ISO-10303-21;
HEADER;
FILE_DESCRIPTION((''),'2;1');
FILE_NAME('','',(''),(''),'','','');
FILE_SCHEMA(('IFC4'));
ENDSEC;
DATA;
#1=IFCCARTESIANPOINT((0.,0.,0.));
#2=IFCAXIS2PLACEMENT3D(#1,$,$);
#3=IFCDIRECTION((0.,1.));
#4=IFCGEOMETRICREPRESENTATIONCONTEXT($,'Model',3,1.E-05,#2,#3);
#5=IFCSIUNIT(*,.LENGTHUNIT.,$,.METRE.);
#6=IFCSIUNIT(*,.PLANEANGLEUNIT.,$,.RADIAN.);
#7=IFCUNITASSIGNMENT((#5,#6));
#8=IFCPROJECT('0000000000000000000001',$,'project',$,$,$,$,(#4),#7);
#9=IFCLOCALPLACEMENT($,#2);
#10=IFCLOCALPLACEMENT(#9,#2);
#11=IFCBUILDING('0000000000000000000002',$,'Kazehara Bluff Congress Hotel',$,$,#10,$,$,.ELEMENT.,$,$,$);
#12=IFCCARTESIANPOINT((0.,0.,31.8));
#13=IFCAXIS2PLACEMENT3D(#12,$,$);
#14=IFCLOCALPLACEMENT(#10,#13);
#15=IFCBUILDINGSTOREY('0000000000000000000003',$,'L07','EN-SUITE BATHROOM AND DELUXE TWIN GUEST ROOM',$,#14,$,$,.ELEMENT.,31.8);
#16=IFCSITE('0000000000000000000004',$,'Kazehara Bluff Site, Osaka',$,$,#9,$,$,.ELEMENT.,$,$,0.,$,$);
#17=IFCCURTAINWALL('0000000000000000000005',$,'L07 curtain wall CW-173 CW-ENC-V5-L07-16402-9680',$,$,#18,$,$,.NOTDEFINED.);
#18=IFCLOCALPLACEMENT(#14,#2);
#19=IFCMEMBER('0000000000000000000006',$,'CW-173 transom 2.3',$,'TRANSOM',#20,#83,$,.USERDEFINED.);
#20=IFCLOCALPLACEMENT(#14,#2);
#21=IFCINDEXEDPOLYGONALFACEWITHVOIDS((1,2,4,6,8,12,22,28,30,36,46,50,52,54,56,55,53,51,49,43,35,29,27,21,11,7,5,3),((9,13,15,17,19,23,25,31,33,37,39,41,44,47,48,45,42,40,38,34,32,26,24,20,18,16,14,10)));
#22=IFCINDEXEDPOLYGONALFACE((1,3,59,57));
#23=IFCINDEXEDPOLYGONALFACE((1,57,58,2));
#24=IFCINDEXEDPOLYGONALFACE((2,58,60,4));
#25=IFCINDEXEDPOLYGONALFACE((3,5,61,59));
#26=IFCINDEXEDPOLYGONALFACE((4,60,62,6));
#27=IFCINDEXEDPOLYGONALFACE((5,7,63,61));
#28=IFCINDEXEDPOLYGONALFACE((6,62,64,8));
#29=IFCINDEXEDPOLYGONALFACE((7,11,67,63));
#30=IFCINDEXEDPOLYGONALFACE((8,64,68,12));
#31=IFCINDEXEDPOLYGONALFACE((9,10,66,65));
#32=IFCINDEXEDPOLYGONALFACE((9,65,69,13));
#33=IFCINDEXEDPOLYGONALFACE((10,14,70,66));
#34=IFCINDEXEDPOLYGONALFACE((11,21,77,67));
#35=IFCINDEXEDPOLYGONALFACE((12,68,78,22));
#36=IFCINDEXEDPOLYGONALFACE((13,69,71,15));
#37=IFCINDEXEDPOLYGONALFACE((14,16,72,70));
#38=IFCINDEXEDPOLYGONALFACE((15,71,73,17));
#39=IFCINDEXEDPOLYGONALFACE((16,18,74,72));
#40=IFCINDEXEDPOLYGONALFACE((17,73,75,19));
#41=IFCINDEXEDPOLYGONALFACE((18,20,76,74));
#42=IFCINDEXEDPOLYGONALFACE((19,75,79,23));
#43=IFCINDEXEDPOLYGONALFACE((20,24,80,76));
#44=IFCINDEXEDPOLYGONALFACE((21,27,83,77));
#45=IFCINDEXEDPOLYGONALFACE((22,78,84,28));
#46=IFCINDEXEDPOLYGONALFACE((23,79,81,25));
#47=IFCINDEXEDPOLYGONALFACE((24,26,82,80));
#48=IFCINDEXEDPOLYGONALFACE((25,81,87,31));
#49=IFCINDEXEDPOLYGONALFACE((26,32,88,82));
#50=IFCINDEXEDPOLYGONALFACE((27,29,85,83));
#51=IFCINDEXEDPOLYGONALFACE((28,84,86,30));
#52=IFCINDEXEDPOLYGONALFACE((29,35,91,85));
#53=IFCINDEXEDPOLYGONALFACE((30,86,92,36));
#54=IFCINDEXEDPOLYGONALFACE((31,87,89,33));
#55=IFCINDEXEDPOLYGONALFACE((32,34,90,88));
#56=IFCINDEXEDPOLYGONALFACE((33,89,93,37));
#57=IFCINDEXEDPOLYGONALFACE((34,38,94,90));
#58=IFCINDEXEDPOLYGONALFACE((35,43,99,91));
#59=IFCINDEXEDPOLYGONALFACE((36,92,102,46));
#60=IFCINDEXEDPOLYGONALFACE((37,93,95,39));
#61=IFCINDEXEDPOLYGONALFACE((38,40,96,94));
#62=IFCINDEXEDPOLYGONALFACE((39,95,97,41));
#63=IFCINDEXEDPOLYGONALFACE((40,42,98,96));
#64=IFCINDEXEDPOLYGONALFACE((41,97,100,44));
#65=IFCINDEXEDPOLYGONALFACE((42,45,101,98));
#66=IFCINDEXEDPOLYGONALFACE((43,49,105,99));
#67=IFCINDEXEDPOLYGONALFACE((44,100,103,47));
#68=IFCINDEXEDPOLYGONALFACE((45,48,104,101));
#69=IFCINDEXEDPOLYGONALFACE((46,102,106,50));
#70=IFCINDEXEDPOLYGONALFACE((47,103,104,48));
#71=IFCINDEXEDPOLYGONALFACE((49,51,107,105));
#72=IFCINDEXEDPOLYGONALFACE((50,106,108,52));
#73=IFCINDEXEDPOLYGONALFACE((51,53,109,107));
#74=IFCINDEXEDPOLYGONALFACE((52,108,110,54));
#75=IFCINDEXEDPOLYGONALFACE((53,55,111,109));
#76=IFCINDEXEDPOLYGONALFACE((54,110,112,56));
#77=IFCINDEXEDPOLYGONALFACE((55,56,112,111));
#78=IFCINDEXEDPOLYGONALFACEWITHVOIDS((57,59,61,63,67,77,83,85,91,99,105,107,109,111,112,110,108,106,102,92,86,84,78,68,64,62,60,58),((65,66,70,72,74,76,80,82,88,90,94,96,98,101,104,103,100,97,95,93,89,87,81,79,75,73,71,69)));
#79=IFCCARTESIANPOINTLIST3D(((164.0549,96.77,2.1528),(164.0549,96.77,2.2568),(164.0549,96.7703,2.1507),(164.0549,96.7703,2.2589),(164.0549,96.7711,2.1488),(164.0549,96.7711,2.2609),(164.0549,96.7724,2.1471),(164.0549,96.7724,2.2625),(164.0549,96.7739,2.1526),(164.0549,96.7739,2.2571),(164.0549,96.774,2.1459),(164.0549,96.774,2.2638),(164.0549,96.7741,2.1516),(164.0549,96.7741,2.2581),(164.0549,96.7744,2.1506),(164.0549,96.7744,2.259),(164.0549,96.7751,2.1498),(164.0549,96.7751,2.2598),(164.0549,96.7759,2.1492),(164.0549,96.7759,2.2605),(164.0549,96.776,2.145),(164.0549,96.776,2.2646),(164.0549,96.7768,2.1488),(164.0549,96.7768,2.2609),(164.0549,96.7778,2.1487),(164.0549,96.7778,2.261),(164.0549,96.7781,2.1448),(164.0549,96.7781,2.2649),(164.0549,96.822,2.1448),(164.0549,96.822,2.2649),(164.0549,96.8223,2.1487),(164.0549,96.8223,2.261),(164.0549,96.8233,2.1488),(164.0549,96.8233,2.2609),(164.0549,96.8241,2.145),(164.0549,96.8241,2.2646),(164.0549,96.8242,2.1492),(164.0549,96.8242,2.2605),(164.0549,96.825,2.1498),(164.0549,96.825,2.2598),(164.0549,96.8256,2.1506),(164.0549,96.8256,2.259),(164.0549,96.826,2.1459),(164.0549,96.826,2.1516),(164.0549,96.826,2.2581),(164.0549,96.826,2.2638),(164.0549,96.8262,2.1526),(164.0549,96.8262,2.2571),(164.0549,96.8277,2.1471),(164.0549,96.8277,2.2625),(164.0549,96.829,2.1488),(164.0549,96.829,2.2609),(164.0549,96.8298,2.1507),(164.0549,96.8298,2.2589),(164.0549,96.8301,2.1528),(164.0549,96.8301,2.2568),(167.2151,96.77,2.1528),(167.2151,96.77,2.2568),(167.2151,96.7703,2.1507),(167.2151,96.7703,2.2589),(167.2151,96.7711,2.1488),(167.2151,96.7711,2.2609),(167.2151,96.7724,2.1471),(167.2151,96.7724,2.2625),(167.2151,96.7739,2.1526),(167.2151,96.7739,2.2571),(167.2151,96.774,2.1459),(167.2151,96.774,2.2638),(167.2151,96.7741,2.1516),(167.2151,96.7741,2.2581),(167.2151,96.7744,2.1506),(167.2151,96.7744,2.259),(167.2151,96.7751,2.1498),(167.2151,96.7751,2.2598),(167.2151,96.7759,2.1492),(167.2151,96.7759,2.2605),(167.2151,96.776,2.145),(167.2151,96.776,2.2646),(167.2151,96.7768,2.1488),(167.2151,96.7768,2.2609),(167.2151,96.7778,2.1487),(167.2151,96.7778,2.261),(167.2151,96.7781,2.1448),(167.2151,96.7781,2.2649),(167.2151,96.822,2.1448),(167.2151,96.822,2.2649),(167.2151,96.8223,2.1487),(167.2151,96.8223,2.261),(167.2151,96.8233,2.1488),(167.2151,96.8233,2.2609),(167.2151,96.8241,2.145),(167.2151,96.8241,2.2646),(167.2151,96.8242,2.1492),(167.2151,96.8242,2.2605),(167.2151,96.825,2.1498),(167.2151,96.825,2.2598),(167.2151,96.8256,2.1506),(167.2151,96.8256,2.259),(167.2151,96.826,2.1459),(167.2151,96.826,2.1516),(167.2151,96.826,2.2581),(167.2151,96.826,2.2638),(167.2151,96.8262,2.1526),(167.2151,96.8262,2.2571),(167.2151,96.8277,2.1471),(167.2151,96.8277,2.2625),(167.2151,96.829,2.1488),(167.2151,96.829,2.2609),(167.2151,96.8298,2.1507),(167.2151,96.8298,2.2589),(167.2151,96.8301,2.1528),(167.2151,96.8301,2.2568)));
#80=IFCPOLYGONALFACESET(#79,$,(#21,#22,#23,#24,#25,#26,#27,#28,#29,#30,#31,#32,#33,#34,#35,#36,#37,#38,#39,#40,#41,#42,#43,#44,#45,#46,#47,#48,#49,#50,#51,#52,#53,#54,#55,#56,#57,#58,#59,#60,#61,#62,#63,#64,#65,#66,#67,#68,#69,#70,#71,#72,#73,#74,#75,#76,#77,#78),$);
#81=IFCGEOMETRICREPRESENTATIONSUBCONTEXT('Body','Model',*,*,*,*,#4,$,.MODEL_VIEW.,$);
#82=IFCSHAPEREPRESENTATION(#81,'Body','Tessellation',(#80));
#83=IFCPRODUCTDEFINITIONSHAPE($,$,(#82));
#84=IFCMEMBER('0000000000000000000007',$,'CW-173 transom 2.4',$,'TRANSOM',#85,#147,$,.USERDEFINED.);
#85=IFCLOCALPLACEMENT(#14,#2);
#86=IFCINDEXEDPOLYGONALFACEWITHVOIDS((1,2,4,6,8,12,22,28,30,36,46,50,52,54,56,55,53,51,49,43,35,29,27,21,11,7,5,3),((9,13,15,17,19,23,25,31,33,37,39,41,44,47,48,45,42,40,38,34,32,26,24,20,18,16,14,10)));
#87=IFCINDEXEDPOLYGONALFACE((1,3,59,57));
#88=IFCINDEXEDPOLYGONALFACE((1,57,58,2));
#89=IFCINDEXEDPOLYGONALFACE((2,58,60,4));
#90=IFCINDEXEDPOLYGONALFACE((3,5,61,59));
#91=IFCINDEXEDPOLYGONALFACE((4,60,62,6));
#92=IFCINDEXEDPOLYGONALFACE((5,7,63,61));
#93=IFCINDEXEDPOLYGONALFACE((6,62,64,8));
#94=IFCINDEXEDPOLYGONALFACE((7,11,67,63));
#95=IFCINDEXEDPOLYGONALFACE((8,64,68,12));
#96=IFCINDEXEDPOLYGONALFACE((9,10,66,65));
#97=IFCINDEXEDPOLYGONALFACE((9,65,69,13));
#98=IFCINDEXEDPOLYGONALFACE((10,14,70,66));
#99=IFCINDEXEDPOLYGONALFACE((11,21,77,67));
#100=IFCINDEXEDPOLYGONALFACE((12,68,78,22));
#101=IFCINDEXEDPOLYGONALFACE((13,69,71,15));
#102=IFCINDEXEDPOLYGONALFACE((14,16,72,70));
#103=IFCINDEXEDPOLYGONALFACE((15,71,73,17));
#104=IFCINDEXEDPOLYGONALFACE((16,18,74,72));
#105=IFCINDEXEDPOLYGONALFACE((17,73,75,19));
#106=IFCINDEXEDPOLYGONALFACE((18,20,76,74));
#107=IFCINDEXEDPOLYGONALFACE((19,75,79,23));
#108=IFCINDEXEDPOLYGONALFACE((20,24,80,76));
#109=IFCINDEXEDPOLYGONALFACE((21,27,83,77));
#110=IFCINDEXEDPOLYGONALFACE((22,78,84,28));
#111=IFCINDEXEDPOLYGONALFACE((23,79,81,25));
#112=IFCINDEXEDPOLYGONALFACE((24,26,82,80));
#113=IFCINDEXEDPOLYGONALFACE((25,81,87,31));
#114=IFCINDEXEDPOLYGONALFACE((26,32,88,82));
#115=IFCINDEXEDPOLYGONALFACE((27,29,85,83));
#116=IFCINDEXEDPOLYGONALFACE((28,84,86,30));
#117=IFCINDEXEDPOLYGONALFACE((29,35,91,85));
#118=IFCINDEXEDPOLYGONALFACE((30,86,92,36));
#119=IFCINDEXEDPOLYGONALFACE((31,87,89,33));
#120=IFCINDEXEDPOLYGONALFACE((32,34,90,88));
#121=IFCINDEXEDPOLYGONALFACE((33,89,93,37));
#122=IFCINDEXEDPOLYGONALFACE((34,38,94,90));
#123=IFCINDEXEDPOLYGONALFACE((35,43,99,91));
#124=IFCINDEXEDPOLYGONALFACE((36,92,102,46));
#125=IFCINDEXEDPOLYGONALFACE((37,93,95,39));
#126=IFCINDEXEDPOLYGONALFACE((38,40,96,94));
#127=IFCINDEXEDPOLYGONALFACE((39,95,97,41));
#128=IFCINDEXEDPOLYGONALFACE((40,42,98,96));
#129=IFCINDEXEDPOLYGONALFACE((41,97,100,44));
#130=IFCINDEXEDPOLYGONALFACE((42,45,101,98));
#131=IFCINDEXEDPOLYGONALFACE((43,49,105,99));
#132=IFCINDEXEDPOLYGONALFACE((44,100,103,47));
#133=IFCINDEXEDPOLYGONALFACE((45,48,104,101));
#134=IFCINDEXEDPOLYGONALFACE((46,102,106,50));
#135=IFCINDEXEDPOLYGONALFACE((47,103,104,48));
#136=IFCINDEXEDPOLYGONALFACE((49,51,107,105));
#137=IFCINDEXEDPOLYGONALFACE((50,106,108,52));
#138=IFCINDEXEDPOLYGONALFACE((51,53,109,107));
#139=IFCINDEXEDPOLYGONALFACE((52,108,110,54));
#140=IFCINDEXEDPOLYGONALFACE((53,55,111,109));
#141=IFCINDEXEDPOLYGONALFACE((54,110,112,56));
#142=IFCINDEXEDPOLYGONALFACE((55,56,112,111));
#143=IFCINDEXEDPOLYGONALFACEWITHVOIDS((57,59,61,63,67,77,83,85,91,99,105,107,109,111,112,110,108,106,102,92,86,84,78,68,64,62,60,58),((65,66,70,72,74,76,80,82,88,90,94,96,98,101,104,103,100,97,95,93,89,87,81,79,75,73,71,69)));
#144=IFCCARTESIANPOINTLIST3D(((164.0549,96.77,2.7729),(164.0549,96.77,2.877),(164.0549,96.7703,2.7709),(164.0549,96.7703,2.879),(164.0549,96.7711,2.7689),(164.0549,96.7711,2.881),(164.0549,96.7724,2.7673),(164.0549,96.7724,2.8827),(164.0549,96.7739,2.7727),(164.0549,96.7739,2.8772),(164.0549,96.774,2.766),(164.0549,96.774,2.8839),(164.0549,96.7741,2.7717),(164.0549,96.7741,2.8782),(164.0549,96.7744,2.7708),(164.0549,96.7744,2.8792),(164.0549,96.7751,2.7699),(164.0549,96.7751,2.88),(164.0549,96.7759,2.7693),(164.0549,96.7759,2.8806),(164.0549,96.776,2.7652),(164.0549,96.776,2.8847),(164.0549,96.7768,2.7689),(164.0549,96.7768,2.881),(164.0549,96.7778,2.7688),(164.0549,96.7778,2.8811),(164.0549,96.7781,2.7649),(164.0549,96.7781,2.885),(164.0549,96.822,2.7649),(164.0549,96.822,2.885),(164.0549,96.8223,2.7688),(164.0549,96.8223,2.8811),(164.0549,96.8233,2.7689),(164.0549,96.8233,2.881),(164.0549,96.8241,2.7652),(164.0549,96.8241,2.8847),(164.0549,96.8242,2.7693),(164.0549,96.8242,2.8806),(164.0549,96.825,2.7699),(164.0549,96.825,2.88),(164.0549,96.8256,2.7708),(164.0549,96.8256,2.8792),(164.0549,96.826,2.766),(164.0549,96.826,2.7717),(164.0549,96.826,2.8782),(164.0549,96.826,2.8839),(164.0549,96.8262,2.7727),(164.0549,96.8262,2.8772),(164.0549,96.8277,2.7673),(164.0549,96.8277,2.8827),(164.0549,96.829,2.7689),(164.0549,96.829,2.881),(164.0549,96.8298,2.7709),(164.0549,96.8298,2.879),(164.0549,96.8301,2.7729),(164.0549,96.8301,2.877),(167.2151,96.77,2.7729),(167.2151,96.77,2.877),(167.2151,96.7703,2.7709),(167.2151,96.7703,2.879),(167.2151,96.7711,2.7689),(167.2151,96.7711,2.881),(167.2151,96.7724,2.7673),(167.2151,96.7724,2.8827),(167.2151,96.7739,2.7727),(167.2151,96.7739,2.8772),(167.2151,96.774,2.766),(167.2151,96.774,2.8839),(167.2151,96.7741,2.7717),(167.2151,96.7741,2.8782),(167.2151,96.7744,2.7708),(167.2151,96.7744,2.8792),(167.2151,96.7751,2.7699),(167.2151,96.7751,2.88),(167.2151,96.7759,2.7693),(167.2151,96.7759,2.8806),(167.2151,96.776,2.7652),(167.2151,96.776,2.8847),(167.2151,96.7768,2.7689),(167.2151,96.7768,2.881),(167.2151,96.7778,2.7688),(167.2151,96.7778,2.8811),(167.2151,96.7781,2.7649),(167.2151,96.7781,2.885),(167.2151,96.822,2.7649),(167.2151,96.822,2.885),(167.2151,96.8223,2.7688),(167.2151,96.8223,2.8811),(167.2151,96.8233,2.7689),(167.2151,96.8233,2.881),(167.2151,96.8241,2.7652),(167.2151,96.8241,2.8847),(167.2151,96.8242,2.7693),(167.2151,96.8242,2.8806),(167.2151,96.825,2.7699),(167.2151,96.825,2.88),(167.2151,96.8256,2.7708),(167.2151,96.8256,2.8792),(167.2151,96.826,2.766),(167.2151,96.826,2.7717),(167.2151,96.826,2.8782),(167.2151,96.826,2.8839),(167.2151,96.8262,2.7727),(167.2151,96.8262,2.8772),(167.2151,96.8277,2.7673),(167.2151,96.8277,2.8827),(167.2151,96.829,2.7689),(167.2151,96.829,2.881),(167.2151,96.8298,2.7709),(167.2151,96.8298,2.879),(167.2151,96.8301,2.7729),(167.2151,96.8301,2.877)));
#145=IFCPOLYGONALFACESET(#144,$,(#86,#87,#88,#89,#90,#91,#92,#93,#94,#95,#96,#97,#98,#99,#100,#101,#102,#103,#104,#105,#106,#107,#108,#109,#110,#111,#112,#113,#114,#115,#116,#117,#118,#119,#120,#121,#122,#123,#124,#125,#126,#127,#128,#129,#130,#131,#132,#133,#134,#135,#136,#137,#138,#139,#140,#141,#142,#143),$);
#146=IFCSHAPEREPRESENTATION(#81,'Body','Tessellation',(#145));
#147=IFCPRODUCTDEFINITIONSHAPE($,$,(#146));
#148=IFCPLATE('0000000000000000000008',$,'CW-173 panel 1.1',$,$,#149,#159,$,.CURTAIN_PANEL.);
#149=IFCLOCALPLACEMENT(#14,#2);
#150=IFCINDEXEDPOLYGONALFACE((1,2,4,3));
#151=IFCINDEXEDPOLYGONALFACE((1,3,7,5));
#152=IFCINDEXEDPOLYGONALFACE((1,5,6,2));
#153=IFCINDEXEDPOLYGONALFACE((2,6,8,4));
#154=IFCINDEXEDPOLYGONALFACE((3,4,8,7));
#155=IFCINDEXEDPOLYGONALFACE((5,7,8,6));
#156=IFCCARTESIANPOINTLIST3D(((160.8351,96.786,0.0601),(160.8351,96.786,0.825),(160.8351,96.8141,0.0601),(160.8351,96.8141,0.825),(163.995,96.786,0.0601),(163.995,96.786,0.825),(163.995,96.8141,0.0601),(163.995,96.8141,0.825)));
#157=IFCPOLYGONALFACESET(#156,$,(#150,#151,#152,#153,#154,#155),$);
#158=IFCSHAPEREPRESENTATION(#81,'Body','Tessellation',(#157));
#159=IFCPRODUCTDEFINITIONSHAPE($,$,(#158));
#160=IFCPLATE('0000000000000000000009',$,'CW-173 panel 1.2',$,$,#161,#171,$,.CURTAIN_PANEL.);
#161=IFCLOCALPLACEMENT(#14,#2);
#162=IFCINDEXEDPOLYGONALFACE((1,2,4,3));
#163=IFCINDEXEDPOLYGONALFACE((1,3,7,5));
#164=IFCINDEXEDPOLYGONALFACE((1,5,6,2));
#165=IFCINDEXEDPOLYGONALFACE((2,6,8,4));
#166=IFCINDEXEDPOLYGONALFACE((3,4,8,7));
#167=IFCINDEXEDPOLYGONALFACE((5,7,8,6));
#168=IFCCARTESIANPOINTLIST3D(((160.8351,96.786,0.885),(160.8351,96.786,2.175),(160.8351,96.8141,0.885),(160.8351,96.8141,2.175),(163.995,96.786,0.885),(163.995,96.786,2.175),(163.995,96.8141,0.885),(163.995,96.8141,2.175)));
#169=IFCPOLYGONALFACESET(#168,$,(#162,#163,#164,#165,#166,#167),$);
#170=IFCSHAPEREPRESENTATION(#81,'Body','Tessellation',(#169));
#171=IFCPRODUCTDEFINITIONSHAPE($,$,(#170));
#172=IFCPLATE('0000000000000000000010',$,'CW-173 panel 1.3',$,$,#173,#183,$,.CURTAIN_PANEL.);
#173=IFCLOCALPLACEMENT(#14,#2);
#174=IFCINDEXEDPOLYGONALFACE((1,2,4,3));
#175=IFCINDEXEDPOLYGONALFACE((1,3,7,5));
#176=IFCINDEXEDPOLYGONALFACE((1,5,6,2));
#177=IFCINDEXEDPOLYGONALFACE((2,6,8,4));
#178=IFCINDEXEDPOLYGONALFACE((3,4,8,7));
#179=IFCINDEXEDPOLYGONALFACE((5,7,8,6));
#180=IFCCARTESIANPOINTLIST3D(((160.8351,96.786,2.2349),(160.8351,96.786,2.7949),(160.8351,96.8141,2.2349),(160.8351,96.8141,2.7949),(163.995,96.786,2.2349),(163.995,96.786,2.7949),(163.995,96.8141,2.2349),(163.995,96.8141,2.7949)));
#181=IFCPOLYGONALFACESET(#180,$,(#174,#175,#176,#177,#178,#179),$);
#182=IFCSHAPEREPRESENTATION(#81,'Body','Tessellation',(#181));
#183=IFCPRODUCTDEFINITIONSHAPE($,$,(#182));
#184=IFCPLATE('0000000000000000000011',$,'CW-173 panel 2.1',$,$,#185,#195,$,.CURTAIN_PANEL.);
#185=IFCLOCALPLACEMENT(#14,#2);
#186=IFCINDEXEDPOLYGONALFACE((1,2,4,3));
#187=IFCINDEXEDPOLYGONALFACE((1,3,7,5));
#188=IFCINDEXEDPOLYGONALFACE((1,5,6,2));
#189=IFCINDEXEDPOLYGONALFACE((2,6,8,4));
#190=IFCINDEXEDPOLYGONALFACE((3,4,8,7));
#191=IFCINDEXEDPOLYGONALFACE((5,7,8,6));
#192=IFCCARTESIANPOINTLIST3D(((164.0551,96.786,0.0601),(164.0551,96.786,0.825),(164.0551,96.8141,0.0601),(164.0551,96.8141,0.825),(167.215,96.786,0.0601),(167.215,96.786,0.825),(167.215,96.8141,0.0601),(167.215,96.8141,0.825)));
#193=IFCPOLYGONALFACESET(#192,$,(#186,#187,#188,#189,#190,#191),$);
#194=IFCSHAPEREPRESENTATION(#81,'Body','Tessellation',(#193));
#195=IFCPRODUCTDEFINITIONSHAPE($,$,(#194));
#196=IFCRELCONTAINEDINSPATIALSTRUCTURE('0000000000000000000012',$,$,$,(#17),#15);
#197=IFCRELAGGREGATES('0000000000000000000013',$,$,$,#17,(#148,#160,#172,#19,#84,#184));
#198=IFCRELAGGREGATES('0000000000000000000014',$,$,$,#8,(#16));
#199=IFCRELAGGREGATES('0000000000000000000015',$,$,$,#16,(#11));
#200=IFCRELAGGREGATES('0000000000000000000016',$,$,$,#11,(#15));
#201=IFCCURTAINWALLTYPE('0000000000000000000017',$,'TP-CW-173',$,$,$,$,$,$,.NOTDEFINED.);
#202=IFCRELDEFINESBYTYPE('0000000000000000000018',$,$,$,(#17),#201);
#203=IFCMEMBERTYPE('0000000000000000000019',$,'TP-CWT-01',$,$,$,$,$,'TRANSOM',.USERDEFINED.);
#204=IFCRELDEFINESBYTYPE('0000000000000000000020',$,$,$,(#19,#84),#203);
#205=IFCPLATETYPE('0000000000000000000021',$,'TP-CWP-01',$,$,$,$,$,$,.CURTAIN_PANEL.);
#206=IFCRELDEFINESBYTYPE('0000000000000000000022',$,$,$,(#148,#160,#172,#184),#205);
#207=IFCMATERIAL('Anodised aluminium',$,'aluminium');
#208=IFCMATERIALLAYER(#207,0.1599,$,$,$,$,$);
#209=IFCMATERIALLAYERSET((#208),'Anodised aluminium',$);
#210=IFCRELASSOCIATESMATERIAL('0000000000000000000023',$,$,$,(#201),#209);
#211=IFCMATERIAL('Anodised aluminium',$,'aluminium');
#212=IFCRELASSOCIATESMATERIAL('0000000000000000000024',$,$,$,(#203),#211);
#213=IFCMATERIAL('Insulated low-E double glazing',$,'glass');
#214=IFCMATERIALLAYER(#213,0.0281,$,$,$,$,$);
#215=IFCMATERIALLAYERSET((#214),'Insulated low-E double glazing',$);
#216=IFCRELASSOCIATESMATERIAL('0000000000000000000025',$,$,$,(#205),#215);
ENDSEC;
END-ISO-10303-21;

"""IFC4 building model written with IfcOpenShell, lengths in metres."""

from ifc_helpers import new_model, si_unit, direction, frame, origin, origin_2d, place, context, subcontext, project, spatial, rectangle, hollow_rectangle, extrude, material, layer, layer_set, material_profile, profile_set, type_object, element, aggregate, save


model = new_model("IFC4")

# Units and contexts
model_context = context("Model", 3, precision=1e-05, world=origin(), true_north=direction((0.0, 1.0)))
body_context = subcontext(model_context, "Body", "Model", "MODEL_VIEW")
ifc_project = project(units=[si_unit("LENGTHUNIT", "METRE"), si_unit("PLANEANGLEUNIT", "RADIAN")], contexts=[model_context])

# Site, building, storey
site_placement = place(None, origin())
site = spatial("IfcSite", under=ifc_project, at=site_placement, Name="Kazehara Bluff Site, Osaka", CompositionType="ELEMENT", RefElevation=0.0)
building_placement = place(site_placement, origin())
building = spatial("IfcBuilding", under=site, at=building_placement, Name="Kazehara Bluff Congress Hotel", CompositionType="ELEMENT")
storey_placement = place(building_placement, frame((0.0, 0.0, 31.8)))
storey = spatial("IfcBuildingStorey", under=building, at=storey_placement, Name="L07", Description="EN-SUITE BATHROOM AND DELUXE TWIN GUEST ROOM", CompositionType="ELEMENT", Elevation=31.8)

# Curtain wall, members, plates
ifc_material_1 = material(Name="Anodised aluminium", Category="aluminium")
ifc_layer_1 = layer(ifc_material_1, 0.1599)
ifc_layer_set_1 = layer_set([ifc_layer_1], Name="Anodised aluminium")
curtain_wall_type = type_object("IfcCurtainWallType", Name="TP-CW-173", PredefinedType="NOTDEFINED", material=ifc_layer_set_1)
curtain_wall_placement = place(storey_placement, origin())
curtain_wall = element("IfcCurtainWall", 1, at=curtain_wall_placement, inside=storey, type_object=curtain_wall_type, Name="L07 curtain wall CW-173 CW-ENC-V5-L07-16402-9680", PredefinedType="NOTDEFINED")
ifc_material_2 = material(Name="Anodised aluminium", Category="aluminium")
ifc_material_profile_1 = material_profile(ifc_material_2, hollow_rectangle(XDim=0.0601, YDim=0.1201, WallThickness=0.0039, InnerFilletRadius=0.0039, OuterFilletRadius=0.0081, at=origin_2d()))
ifc_profile_set_1 = profile_set([ifc_material_profile_1], Name="Anodised aluminium")
member_type_1 = type_object("IfcMemberType", Name="TP-CWT-01", ElementType="TRANSOM", PredefinedType="USERDEFINED", material=ifc_profile_set_1)
member_1_placement = place(storey_placement, frame((164.0549, 96.8, 2.2048), z_axis=(1.0, 0.0, 0.0), x_axis=(0.0, 1.0, 0.0)))
member_1 = element("IfcMember", 2, at=member_1_placement, type_object=member_type_1, Name="CW-173 transom 2.3", ObjectType="TRANSOM", PredefinedType="USERDEFINED", context=body_context, shape_type="SweptSolid", body=[
    extrude(hollow_rectangle(XDim=0.0601, YDim=0.1201, WallThickness=0.0039, InnerFilletRadius=0.0039, OuterFilletRadius=0.0081, at=origin_2d()), origin(), (0.0, 0.0, 1.0), 3.1602),
])
member_2_placement = place(storey_placement, frame((164.0549, 96.8, 2.825), z_axis=(1.0, 0.0, 0.0), x_axis=(0.0, 1.0, 0.0)))
member_2 = element("IfcMember", 3, at=member_2_placement, type_object=member_type_1, Name="CW-173 transom 2.4", ObjectType="TRANSOM", PredefinedType="USERDEFINED", context=body_context, shape_type="SweptSolid", body=[
    extrude(hollow_rectangle(XDim=0.0601, YDim=0.1201, WallThickness=0.0039, InnerFilletRadius=0.0039, OuterFilletRadius=0.0081, at=origin_2d()), origin(), (0.0, 0.0, 1.0), 3.1602),
])
ifc_material_3 = material(Name="Insulated low-E double glazing", Category="glass")
ifc_layer_2 = layer(ifc_material_3, 0.0281)
ifc_layer_set_2 = layer_set([ifc_layer_2], Name="Insulated low-E double glazing")
plate_type = type_object("IfcPlateType", Name="TP-CWP-01", PredefinedType="CURTAIN_PANEL", material=ifc_layer_set_2)
plate_1_placement = place(storey_placement, frame((162.415, 96.8, 0.0601), z_axis=(0.0, 0.0, 1.0), x_axis=(1.0, 0.0, 0.0)))
plate_1 = element("IfcPlate", 4, at=plate_1_placement, type_object=plate_type, Name="CW-173 panel 1.1", PredefinedType="CURTAIN_PANEL", context=body_context, shape_type="SweptSolid", body=[
    extrude(rectangle(XDim=3.1599, YDim=0.0281, at=origin_2d()), origin(), (0.0, 0.0, 1.0), 0.7649),
])
plate_2_placement = place(storey_placement, frame((162.415, 96.8, 0.885), z_axis=(0.0, 0.0, 1.0), x_axis=(1.0, 0.0, 0.0)))
plate_2 = element("IfcPlate", 5, at=plate_2_placement, type_object=plate_type, Name="CW-173 panel 1.2", PredefinedType="CURTAIN_PANEL", context=body_context, shape_type="SweptSolid", body=[
    extrude(rectangle(XDim=3.1599, YDim=0.0281, at=origin_2d()), origin(), (0.0, 0.0, 1.0), 1.29),
])
plate_3_placement = place(storey_placement, frame((162.415, 96.8, 2.2349), z_axis=(0.0, 0.0, 1.0), x_axis=(1.0, 0.0, 0.0)))
plate_3 = element("IfcPlate", 6, at=plate_3_placement, type_object=plate_type, Name="CW-173 panel 1.3", PredefinedType="CURTAIN_PANEL", context=body_context, shape_type="SweptSolid", body=[
    extrude(rectangle(XDim=3.1599, YDim=0.0281, at=origin_2d()), origin(), (0.0, 0.0, 1.0), 0.5601),
])
plate_4_placement = place(storey_placement, frame((165.635, 96.8, 0.0601), z_axis=(0.0, 0.0, 1.0), x_axis=(1.0, 0.0, 0.0)))
plate_4 = element("IfcPlate", 7, at=plate_4_placement, type_object=plate_type, Name="CW-173 panel 2.1", PredefinedType="CURTAIN_PANEL", context=body_context, shape_type="SweptSolid", body=[
    extrude(rectangle(XDim=3.1599, YDim=0.0281, at=origin_2d()), origin(), (0.0, 0.0, 1.0), 0.7649),
])
aggregate(curtain_wall, [plate_1, plate_2, plate_3, member_1, member_2, plate_4])

save(model, "model.ifc")
